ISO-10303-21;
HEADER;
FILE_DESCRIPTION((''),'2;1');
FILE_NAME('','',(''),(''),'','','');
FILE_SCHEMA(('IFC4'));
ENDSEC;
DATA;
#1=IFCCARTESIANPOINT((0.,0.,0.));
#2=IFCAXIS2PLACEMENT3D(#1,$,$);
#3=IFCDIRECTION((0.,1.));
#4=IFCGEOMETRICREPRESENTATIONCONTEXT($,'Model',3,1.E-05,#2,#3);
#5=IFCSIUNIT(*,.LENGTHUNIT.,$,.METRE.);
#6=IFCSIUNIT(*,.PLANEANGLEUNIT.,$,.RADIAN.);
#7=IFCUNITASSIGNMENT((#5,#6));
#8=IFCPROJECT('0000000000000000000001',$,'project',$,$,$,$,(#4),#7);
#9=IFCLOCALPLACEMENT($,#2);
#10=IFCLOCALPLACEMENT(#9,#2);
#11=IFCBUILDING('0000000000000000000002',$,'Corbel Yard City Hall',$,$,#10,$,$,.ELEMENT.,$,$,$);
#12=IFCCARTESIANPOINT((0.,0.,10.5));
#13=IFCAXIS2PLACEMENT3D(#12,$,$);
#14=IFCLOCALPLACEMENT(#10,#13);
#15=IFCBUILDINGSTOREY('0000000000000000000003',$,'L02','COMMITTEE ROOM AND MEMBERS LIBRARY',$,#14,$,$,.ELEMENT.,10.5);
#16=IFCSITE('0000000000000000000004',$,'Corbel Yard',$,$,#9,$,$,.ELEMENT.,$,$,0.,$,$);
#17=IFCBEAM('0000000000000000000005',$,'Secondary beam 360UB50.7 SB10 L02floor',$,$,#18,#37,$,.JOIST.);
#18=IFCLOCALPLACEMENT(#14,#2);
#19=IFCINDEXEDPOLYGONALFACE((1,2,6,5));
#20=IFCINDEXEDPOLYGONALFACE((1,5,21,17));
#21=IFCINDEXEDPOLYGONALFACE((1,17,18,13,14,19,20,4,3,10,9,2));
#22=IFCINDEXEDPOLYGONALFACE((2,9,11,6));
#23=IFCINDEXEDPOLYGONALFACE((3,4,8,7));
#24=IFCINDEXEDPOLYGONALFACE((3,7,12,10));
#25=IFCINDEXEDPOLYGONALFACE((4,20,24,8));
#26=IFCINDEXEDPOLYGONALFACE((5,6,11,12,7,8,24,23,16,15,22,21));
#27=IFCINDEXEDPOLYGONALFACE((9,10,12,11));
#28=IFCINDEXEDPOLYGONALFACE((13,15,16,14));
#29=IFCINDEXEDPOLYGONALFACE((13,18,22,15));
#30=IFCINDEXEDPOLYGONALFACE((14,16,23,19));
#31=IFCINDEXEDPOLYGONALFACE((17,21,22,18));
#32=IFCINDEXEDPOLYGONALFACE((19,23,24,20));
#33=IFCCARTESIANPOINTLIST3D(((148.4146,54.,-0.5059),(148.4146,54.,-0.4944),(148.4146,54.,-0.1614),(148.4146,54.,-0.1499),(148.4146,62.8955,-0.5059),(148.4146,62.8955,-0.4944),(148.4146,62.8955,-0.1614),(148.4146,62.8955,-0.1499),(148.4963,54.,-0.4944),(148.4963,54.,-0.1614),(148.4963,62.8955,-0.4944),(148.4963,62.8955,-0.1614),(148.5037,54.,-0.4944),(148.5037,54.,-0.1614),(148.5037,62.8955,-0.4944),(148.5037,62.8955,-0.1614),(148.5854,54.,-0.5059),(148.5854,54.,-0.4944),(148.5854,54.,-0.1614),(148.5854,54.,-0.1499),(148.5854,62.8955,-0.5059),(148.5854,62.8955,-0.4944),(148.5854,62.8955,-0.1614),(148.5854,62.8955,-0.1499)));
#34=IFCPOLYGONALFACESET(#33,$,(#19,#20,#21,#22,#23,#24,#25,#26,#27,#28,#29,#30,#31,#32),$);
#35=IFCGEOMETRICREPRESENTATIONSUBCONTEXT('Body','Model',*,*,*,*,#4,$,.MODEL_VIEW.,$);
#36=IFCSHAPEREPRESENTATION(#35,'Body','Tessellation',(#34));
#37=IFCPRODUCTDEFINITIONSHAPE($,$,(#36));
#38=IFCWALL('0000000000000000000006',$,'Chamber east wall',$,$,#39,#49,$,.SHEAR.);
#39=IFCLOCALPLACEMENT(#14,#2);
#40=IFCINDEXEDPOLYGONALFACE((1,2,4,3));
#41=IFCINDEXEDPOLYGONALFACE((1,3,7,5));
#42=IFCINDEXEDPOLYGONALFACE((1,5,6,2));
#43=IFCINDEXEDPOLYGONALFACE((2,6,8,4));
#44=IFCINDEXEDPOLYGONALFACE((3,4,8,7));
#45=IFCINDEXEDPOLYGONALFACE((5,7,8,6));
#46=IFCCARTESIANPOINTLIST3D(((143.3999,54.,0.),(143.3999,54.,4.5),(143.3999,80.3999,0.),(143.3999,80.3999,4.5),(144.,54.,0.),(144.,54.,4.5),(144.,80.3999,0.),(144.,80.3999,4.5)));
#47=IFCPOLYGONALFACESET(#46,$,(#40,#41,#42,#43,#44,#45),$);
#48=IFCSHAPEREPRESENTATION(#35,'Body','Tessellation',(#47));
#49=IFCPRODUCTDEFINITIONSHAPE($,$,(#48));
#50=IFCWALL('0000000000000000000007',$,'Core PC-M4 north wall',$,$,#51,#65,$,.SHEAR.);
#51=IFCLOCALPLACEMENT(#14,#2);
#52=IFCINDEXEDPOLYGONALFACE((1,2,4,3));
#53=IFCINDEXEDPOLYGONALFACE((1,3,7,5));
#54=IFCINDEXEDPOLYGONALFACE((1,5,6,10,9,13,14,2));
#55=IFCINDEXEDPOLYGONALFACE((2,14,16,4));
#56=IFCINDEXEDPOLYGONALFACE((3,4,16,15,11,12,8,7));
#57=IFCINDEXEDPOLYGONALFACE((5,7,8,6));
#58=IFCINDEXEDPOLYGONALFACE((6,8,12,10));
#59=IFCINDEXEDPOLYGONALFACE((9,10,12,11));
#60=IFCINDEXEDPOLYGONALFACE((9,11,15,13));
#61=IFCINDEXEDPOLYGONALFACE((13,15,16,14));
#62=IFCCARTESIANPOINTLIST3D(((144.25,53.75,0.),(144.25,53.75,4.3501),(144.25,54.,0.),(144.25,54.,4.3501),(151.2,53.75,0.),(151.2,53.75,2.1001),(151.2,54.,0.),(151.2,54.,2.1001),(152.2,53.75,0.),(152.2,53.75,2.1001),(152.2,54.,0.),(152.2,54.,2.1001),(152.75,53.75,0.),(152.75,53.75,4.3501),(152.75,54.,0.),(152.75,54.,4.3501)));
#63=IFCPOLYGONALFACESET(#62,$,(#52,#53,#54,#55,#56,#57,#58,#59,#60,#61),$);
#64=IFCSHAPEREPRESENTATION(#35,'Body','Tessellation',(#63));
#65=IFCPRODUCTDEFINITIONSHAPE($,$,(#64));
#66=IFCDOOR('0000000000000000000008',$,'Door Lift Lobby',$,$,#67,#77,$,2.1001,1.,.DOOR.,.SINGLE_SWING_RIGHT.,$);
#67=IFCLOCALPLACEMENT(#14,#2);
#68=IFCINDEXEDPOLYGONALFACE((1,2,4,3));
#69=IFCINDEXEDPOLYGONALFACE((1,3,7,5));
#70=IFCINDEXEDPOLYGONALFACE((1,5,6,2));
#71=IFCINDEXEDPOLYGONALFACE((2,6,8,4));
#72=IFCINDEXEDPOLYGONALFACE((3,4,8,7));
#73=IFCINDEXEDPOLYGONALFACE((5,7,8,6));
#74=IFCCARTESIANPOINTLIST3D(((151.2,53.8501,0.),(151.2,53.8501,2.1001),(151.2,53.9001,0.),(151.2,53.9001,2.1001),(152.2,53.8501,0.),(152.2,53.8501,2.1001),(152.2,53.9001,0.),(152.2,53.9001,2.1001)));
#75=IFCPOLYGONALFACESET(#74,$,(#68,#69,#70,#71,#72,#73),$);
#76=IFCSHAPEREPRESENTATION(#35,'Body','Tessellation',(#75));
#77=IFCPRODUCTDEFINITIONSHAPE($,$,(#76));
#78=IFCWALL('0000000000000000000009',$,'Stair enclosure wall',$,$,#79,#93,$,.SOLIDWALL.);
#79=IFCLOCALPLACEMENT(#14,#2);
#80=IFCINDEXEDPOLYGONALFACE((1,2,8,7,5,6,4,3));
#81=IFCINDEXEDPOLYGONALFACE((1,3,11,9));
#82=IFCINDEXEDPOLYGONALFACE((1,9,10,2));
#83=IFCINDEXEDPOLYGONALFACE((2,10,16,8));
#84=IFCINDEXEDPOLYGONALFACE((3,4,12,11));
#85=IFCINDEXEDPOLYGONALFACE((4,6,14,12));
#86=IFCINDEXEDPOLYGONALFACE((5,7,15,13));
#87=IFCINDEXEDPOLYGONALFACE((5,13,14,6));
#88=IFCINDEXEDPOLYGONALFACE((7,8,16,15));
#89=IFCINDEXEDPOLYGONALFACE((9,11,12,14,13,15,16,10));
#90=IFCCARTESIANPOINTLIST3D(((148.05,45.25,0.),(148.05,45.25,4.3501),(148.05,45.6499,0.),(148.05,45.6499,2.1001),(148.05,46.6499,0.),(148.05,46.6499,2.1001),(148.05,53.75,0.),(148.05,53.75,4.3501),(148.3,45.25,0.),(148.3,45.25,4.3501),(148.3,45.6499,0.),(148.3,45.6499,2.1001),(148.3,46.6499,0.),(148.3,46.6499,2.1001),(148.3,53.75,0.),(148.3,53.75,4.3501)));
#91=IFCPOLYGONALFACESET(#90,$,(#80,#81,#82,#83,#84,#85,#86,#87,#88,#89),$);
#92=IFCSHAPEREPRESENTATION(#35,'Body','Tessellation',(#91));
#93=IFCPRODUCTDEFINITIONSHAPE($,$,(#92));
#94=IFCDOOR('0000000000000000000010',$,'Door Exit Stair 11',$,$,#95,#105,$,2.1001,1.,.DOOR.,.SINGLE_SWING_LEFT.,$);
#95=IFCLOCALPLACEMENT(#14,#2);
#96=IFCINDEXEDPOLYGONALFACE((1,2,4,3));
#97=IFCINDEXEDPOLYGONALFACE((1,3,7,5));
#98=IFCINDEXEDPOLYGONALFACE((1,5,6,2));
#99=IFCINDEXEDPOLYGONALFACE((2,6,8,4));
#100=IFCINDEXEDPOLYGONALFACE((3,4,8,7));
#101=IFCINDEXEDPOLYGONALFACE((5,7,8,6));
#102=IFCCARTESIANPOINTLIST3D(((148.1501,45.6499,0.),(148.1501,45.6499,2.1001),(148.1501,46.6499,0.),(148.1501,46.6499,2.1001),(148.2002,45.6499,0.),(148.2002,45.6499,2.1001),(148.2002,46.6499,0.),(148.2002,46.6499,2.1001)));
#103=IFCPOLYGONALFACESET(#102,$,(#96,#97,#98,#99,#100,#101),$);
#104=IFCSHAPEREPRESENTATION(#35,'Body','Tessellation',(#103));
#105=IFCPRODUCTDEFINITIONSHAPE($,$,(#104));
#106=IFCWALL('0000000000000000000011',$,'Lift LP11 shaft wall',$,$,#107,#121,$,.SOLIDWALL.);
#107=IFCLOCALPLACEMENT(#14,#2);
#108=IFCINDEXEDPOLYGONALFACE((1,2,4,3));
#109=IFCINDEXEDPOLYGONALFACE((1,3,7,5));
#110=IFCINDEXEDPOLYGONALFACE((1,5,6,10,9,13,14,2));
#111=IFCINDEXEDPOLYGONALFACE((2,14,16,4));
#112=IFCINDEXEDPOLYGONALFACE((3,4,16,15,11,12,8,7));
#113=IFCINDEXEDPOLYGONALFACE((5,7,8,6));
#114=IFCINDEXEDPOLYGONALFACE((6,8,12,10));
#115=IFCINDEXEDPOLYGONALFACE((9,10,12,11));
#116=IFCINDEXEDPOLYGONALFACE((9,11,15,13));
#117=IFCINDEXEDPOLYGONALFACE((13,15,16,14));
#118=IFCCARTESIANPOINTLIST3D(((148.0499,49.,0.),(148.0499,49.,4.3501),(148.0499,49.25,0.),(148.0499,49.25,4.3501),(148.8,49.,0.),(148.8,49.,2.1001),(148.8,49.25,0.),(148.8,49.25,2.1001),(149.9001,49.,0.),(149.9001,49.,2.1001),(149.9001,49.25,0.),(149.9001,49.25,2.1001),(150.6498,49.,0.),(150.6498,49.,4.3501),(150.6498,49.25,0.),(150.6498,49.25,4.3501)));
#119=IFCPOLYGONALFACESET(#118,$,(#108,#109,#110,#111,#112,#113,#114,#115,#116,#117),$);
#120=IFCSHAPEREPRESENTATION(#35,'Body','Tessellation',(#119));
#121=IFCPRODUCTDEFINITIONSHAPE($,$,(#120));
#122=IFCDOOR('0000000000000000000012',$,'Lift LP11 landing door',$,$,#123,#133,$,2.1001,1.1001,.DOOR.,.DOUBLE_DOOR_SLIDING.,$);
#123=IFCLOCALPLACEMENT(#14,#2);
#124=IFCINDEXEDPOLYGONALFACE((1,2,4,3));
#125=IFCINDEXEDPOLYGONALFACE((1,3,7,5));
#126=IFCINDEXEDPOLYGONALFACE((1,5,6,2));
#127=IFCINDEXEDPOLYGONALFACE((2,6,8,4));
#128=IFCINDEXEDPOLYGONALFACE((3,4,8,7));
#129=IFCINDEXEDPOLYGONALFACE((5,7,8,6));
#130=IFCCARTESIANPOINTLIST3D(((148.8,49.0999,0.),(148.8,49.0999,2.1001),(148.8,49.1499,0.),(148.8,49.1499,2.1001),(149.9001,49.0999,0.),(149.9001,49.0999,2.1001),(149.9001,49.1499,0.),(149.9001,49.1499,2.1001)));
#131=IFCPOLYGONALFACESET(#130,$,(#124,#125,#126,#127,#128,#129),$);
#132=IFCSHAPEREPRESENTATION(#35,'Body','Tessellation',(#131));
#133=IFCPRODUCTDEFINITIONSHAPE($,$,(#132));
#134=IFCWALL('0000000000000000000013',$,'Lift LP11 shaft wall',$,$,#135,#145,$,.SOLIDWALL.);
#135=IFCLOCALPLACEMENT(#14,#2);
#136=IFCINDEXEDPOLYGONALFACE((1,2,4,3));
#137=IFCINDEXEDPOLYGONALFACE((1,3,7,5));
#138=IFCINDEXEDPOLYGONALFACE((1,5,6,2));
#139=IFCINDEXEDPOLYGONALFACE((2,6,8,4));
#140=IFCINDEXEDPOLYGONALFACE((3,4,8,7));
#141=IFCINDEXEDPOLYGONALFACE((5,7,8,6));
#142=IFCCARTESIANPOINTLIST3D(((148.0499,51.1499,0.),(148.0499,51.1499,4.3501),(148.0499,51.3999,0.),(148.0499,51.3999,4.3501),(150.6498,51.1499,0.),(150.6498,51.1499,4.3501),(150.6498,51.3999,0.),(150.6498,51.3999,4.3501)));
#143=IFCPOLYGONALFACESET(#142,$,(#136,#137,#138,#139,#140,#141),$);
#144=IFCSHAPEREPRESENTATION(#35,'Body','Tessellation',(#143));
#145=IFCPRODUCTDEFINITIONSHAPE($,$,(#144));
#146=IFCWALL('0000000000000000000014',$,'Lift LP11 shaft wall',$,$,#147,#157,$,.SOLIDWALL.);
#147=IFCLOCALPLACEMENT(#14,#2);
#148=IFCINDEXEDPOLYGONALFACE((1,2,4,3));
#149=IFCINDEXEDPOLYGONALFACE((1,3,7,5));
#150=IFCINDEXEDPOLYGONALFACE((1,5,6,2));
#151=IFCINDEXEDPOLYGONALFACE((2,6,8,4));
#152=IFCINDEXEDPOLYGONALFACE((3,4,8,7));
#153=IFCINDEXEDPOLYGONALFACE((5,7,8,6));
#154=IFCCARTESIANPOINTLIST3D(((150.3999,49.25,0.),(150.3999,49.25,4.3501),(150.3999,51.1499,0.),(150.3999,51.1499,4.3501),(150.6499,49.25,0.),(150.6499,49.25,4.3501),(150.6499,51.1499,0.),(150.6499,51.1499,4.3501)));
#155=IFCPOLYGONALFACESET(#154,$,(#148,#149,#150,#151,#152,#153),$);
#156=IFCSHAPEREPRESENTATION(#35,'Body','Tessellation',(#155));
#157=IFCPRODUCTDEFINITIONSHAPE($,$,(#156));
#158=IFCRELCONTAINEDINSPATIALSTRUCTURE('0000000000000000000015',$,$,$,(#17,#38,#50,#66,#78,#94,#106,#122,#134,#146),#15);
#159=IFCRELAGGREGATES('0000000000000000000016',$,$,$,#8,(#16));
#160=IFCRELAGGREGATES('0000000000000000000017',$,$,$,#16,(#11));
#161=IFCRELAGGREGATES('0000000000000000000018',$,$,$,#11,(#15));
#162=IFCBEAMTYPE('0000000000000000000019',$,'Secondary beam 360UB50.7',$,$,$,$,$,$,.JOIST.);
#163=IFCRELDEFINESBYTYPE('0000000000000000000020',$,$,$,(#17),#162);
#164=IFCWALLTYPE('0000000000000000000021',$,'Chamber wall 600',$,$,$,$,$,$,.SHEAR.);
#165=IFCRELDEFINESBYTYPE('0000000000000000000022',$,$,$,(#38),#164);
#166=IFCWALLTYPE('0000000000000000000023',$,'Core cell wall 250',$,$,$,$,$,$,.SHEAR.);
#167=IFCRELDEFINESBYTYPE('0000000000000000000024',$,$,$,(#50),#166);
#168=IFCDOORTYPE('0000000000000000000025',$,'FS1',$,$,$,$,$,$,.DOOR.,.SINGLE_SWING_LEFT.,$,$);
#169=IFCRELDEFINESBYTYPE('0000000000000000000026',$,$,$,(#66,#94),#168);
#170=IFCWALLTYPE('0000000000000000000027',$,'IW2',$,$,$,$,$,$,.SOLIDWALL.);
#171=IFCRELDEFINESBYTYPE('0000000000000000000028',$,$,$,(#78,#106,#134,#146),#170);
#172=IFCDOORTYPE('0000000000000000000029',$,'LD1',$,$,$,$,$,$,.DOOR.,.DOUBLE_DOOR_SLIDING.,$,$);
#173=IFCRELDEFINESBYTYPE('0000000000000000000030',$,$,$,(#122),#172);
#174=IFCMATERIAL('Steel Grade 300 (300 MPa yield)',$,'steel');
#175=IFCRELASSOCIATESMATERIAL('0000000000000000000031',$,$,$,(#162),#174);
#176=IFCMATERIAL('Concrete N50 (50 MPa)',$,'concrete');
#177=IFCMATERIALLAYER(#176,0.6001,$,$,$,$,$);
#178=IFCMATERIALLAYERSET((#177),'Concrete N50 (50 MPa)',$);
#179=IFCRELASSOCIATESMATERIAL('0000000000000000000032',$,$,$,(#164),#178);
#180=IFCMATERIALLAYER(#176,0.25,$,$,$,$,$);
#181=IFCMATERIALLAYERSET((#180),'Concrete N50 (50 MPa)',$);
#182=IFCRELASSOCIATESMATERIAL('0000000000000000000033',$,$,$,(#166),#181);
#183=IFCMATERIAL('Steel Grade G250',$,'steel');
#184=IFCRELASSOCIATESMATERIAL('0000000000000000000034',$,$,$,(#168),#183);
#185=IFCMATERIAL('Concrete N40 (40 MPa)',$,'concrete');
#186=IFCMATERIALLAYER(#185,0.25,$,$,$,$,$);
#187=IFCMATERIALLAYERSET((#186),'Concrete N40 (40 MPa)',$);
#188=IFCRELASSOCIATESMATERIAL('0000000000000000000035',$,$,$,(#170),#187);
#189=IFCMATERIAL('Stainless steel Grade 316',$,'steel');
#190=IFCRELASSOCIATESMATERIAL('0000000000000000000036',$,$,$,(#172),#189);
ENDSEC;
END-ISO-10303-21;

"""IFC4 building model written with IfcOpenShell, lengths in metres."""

from ifc_helpers import new_model, si_unit, direction, frame, frame_2d, origin, origin_2d, place, context, subcontext, project, spatial, rectangle, i_section, extrude, material, layer, layer_set, material_profile, profile_set, type_object, element, fill, save


model = new_model("IFC4")

# Units and contexts
model_context = context("Model", 3, precision=1e-05, world=origin(), true_north=direction((0.0, 1.0)))
body_context = subcontext(model_context, "Body", "Model", "MODEL_VIEW")
ifc_project = project(units=[si_unit("LENGTHUNIT", "METRE"), si_unit("PLANEANGLEUNIT", "RADIAN")], contexts=[model_context])

# Site, building, storey
site_placement = place(None, origin())
site = spatial("IfcSite", under=ifc_project, at=site_placement, Name="Corbel Yard", CompositionType="ELEMENT", RefElevation=0.0)
building_placement = place(site_placement, origin())
building = spatial("IfcBuilding", under=site, at=building_placement, Name="Corbel Yard City Hall", CompositionType="ELEMENT")
storey_placement = place(building_placement, frame((0.0, 0.0, 10.5)))
storey = spatial("IfcBuildingStorey", under=building, at=storey_placement, Name="L02", Description="COMMITTEE ROOM AND MEMBERS LIBRARY", CompositionType="ELEMENT", Elevation=10.5)

# Shared definitions
ifc_material_1 = material(Name="Concrete N50 (50 MPa)", Category="concrete")

# Beam
ifc_material_2 = material(Name="Steel Grade 300 (300 MPa yield)", Category="steel")
ifc_material_profile_1 = material_profile(ifc_material_2, i_section(OverallWidth=0.1709, OverallDepth=0.356, WebThickness=0.0073, FlangeThickness=0.0115, at=origin_2d()), Name="360UB50.7")
ifc_profile_set_1 = profile_set([ifc_material_profile_1], Name="Steel Grade 300 (300 MPa yield)")
beam_type_1 = type_object("IfcBeamType", Name="Secondary beam 360UB50.7", PredefinedType="JOIST", material=ifc_profile_set_1)
beam_1_placement = place(storey_placement, frame((148.5, 54.0, -0.3279), z_axis=(0.0, 1.0, 0.0), x_axis=(-1.0, 0.0, 0.0)))
element("IfcBeam", 1, at=beam_1_placement, inside=storey, type_object=beam_type_1, Name="Secondary beam 360UB50.7 SB10 L02floor", PredefinedType="JOIST", context=body_context, shape_type="SweptSolid", body=[
    extrude(i_section(OverallWidth=0.1709, OverallDepth=0.356, WebThickness=0.0073, FlangeThickness=0.0115, at=origin_2d()), origin(), (0.0, 0.0, 1.0), 8.8955),
])

# Wall
ifc_layer_1 = layer(ifc_material_1, 0.6001)
ifc_layer_set_1 = layer_set([ifc_layer_1], Name="Concrete N50 (50 MPa)")
wall_type_1 = type_object("IfcWallType", Name="Chamber wall 600", PredefinedType="SHEAR", material=ifc_layer_set_1)
wall_1_placement = place(storey_placement, frame((143.7, 54.0, 0.0), z_axis=(0.0, 0.0, 1.0), x_axis=(0.0, 1.0, 0.0)))
element("IfcWall", 2, at=wall_1_placement, inside=storey, type_object=wall_type_1, Name="Chamber east wall", PredefinedType="SHEAR", context=body_context, shape_type="SweptSolid", body=[
    extrude(rectangle(XDim=26.3999, YDim=0.6001, at=frame_2d((13.2, 0.0))), origin(), (0.0, 0.0, 1.0), 4.5),
])

# Walls, openings, doors
ifc_layer_2 = layer(ifc_material_1, 0.25)
ifc_layer_set_2 = layer_set([ifc_layer_2], Name="Concrete N50 (50 MPa)")
wall_type_2 = type_object("IfcWallType", Name="Core cell wall 250", PredefinedType="SHEAR", material=ifc_layer_set_2)
wall_2_placement = place(storey_placement, frame((144.25, 53.875, 0.0), z_axis=(0.0, 0.0, 1.0), x_axis=(1.0, 0.0, 0.0)))
wall_2 = element("IfcWall", 3, at=wall_2_placement, inside=storey, type_object=wall_type_2, Name="Core PC-M4 north wall", PredefinedType="SHEAR", context=body_context, shape_type="SweptSolid", body=[
    extrude(rectangle(XDim=8.5, YDim=0.25, at=frame_2d((4.25, 0.0))), origin(), (0.0, 0.0, 1.0), 4.3501),
])
opening_1_placement = place(wall_2_placement, frame((6.95, 0.0, 0.0)))
opening_1 = element("IfcOpeningElement", 4, at=opening_1_placement, cuts=wall_2, PredefinedType="OPENING", context=body_context, shape_type="SweptSolid", body=[
    extrude(rectangle(XDim=1.0, YDim=2.1001, at=frame_2d((0.5, 1.05))), frame((0.0, 0.135, 0.0), z_axis=(0.0, -1.0, 0.0), x_axis=(1.0, 0.0, 0.0)), (0.0, 0.0, 1.0), 0.27),
])
ifc_material_3 = material(Name="Steel Grade G250", Category="steel")
door_type_1 = type_object("IfcDoorType", Name="FS1", OperationType="SINGLE_SWING_LEFT", PredefinedType="DOOR", material=ifc_material_3)
door_1_placement = place(opening_1_placement, frame((1.0, 0.0, 0.0), z_axis=(0.0, 0.0, 1.0), x_axis=(-1.0, 0.0, 0.0)))
door_1 = element("IfcDoor", 5, at=door_1_placement, inside=storey, type_object=door_type_1, Name="Door Lift Lobby", OperationType="SINGLE_SWING_RIGHT", OverallHeight=2.1001, OverallWidth=1.0, PredefinedType="DOOR", context=body_context, shape_type="SweptSolid", body=[
    extrude(rectangle(XDim=1.0, YDim=2.1001, at=frame_2d((0.5, 1.05))), frame((0.0, 0.0249, 0.0), z_axis=(0.0, -1.0, 0.0), x_axis=(1.0, 0.0, 0.0)), (0.0, 0.0, 1.0), 0.05),
])
fill(opening_1, door_1)
ifc_material_4 = material(Name="Concrete N40 (40 MPa)", Category="concrete")
ifc_layer_3 = layer(ifc_material_4, 0.25)
ifc_layer_set_3 = layer_set([ifc_layer_3], Name="Concrete N40 (40 MPa)")
wall_type_3 = type_object("IfcWallType", Name="IW2", PredefinedType="SOLIDWALL", material=ifc_layer_set_3)
wall_3_placement = place(storey_placement, frame((148.175, 45.25, 0.0), z_axis=(0.0, 0.0, 1.0), x_axis=(0.0, 1.0, 0.0)))
wall_3 = element("IfcWall", 6, at=wall_3_placement, inside=storey, type_object=wall_type_3, Name="Stair enclosure wall", PredefinedType="SOLIDWALL", context=body_context, shape_type="SweptSolid", body=[
    extrude(rectangle(XDim=8.5, YDim=0.25, at=frame_2d((4.25, 0.0))), origin(), (0.0, 0.0, 1.0), 4.3501),
])
opening_2_placement = place(wall_3_placement, frame((0.3999, 0.0, 0.0)))
opening_2 = element("IfcOpeningElement", 7, at=opening_2_placement, cuts=wall_3, PredefinedType="OPENING", context=body_context, shape_type="SweptSolid", body=[
    extrude(rectangle(XDim=1.0, YDim=2.1001, at=frame_2d((0.5, 1.05))), frame((0.0, 0.135, 0.0), z_axis=(0.0, -1.0, 0.0), x_axis=(1.0, 0.0, 0.0)), (0.0, 0.0, 1.0), 0.27),
])
door_2_placement = place(opening_2_placement, origin())
door_2 = element("IfcDoor", 8, at=door_2_placement, inside=storey, type_object=door_type_1, Name="Door Exit Stair 11", OperationType="SINGLE_SWING_LEFT", OverallHeight=2.1001, OverallWidth=1.0, PredefinedType="DOOR", context=body_context, shape_type="SweptSolid", body=[
    extrude(rectangle(XDim=1.0, YDim=2.1001, at=frame_2d((0.5, 1.05))), frame((0.0, 0.0249, 0.0), z_axis=(0.0, -1.0, 0.0), x_axis=(1.0, 0.0, 0.0)), (0.0, 0.0, 1.0), 0.05),
])
fill(opening_2, door_2)
wall_4_placement = place(storey_placement, frame((148.05, 49.125, 0.0), z_axis=(0.0, 0.0, 1.0), x_axis=(1.0, 0.0, 0.0)))
wall_4 = element("IfcWall", 9, at=wall_4_placement, inside=storey, type_object=wall_type_3, Name="Lift LP11 shaft wall", PredefinedType="SOLIDWALL", context=body_context, shape_type="SweptSolid", body=[
    extrude(rectangle(XDim=2.5999, YDim=0.25, at=frame_2d((1.2998, 0.0))), origin(), (0.0, 0.0, 1.0), 4.3501),
])
opening_3_placement = place(wall_4_placement, frame((0.75, 0.0, 0.0)))
opening_3 = element("IfcOpeningElement", 10, at=opening_3_placement, cuts=wall_4, PredefinedType="OPENING", context=body_context, shape_type="SweptSolid", body=[
    extrude(rectangle(XDim=1.1001, YDim=2.1001, at=frame_2d((0.55, 1.05))), frame((0.0, 0.135, 0.0), z_axis=(0.0, -1.0, 0.0), x_axis=(1.0, 0.0, 0.0)), (0.0, 0.0, 1.0), 0.27),
])
ifc_material_5 = material(Name="Stainless steel Grade 316", Category="steel")
door_type_2 = type_object("IfcDoorType", Name="LD1", OperationType="DOUBLE_DOOR_SLIDING", PredefinedType="DOOR", material=ifc_material_5)
door_3_placement = place(opening_3_placement, origin())
door_3 = element("IfcDoor", 11, at=door_3_placement, inside=storey, type_object=door_type_2, Name="Lift LP11 landing door", OperationType="DOUBLE_DOOR_SLIDING", OverallHeight=2.1001, OverallWidth=1.1001, PredefinedType="DOOR", context=body_context, shape_type="SweptSolid", body=[
    extrude(rectangle(XDim=1.1001, YDim=2.1001, at=frame_2d((0.55, 1.05))), frame((0.0, 0.0249, 0.0), z_axis=(0.0, -1.0, 0.0), x_axis=(1.0, 0.0, 0.0)), (0.0, 0.0, 1.0), 0.05),
])
fill(opening_3, door_3)

# Walls
wall_5_placement = place(storey_placement, frame((148.05, 51.2749, 0.0), z_axis=(0.0, 0.0, 1.0), x_axis=(1.0, 0.0, 0.0)))
element("IfcWall", 12, at=wall_5_placement, inside=storey, type_object=wall_type_3, Name="Lift LP11 shaft wall", PredefinedType="SOLIDWALL", context=body_context, shape_type="SweptSolid", body=[
    extrude(rectangle(XDim=2.5999, YDim=0.25, at=frame_2d((1.2998, 0.0))), origin(), (0.0, 0.0, 1.0), 4.3501),
])
wall_6_placement = place(storey_placement, frame((150.5249, 49.25, 0.0), z_axis=(0.0, 0.0, 1.0), x_axis=(0.0, 1.0, 0.0)))
element("IfcWall", 13, at=wall_6_placement, inside=storey, type_object=wall_type_3, Name="Lift LP11 shaft wall", PredefinedType="SOLIDWALL", context=body_context, shape_type="SweptSolid", body=[
    extrude(rectangle(XDim=1.8999, YDim=0.25, at=frame_2d((0.95, 0.0))), origin(), (0.0, 0.0, 1.0), 4.3501),
])

save(model, "model.ifc")
